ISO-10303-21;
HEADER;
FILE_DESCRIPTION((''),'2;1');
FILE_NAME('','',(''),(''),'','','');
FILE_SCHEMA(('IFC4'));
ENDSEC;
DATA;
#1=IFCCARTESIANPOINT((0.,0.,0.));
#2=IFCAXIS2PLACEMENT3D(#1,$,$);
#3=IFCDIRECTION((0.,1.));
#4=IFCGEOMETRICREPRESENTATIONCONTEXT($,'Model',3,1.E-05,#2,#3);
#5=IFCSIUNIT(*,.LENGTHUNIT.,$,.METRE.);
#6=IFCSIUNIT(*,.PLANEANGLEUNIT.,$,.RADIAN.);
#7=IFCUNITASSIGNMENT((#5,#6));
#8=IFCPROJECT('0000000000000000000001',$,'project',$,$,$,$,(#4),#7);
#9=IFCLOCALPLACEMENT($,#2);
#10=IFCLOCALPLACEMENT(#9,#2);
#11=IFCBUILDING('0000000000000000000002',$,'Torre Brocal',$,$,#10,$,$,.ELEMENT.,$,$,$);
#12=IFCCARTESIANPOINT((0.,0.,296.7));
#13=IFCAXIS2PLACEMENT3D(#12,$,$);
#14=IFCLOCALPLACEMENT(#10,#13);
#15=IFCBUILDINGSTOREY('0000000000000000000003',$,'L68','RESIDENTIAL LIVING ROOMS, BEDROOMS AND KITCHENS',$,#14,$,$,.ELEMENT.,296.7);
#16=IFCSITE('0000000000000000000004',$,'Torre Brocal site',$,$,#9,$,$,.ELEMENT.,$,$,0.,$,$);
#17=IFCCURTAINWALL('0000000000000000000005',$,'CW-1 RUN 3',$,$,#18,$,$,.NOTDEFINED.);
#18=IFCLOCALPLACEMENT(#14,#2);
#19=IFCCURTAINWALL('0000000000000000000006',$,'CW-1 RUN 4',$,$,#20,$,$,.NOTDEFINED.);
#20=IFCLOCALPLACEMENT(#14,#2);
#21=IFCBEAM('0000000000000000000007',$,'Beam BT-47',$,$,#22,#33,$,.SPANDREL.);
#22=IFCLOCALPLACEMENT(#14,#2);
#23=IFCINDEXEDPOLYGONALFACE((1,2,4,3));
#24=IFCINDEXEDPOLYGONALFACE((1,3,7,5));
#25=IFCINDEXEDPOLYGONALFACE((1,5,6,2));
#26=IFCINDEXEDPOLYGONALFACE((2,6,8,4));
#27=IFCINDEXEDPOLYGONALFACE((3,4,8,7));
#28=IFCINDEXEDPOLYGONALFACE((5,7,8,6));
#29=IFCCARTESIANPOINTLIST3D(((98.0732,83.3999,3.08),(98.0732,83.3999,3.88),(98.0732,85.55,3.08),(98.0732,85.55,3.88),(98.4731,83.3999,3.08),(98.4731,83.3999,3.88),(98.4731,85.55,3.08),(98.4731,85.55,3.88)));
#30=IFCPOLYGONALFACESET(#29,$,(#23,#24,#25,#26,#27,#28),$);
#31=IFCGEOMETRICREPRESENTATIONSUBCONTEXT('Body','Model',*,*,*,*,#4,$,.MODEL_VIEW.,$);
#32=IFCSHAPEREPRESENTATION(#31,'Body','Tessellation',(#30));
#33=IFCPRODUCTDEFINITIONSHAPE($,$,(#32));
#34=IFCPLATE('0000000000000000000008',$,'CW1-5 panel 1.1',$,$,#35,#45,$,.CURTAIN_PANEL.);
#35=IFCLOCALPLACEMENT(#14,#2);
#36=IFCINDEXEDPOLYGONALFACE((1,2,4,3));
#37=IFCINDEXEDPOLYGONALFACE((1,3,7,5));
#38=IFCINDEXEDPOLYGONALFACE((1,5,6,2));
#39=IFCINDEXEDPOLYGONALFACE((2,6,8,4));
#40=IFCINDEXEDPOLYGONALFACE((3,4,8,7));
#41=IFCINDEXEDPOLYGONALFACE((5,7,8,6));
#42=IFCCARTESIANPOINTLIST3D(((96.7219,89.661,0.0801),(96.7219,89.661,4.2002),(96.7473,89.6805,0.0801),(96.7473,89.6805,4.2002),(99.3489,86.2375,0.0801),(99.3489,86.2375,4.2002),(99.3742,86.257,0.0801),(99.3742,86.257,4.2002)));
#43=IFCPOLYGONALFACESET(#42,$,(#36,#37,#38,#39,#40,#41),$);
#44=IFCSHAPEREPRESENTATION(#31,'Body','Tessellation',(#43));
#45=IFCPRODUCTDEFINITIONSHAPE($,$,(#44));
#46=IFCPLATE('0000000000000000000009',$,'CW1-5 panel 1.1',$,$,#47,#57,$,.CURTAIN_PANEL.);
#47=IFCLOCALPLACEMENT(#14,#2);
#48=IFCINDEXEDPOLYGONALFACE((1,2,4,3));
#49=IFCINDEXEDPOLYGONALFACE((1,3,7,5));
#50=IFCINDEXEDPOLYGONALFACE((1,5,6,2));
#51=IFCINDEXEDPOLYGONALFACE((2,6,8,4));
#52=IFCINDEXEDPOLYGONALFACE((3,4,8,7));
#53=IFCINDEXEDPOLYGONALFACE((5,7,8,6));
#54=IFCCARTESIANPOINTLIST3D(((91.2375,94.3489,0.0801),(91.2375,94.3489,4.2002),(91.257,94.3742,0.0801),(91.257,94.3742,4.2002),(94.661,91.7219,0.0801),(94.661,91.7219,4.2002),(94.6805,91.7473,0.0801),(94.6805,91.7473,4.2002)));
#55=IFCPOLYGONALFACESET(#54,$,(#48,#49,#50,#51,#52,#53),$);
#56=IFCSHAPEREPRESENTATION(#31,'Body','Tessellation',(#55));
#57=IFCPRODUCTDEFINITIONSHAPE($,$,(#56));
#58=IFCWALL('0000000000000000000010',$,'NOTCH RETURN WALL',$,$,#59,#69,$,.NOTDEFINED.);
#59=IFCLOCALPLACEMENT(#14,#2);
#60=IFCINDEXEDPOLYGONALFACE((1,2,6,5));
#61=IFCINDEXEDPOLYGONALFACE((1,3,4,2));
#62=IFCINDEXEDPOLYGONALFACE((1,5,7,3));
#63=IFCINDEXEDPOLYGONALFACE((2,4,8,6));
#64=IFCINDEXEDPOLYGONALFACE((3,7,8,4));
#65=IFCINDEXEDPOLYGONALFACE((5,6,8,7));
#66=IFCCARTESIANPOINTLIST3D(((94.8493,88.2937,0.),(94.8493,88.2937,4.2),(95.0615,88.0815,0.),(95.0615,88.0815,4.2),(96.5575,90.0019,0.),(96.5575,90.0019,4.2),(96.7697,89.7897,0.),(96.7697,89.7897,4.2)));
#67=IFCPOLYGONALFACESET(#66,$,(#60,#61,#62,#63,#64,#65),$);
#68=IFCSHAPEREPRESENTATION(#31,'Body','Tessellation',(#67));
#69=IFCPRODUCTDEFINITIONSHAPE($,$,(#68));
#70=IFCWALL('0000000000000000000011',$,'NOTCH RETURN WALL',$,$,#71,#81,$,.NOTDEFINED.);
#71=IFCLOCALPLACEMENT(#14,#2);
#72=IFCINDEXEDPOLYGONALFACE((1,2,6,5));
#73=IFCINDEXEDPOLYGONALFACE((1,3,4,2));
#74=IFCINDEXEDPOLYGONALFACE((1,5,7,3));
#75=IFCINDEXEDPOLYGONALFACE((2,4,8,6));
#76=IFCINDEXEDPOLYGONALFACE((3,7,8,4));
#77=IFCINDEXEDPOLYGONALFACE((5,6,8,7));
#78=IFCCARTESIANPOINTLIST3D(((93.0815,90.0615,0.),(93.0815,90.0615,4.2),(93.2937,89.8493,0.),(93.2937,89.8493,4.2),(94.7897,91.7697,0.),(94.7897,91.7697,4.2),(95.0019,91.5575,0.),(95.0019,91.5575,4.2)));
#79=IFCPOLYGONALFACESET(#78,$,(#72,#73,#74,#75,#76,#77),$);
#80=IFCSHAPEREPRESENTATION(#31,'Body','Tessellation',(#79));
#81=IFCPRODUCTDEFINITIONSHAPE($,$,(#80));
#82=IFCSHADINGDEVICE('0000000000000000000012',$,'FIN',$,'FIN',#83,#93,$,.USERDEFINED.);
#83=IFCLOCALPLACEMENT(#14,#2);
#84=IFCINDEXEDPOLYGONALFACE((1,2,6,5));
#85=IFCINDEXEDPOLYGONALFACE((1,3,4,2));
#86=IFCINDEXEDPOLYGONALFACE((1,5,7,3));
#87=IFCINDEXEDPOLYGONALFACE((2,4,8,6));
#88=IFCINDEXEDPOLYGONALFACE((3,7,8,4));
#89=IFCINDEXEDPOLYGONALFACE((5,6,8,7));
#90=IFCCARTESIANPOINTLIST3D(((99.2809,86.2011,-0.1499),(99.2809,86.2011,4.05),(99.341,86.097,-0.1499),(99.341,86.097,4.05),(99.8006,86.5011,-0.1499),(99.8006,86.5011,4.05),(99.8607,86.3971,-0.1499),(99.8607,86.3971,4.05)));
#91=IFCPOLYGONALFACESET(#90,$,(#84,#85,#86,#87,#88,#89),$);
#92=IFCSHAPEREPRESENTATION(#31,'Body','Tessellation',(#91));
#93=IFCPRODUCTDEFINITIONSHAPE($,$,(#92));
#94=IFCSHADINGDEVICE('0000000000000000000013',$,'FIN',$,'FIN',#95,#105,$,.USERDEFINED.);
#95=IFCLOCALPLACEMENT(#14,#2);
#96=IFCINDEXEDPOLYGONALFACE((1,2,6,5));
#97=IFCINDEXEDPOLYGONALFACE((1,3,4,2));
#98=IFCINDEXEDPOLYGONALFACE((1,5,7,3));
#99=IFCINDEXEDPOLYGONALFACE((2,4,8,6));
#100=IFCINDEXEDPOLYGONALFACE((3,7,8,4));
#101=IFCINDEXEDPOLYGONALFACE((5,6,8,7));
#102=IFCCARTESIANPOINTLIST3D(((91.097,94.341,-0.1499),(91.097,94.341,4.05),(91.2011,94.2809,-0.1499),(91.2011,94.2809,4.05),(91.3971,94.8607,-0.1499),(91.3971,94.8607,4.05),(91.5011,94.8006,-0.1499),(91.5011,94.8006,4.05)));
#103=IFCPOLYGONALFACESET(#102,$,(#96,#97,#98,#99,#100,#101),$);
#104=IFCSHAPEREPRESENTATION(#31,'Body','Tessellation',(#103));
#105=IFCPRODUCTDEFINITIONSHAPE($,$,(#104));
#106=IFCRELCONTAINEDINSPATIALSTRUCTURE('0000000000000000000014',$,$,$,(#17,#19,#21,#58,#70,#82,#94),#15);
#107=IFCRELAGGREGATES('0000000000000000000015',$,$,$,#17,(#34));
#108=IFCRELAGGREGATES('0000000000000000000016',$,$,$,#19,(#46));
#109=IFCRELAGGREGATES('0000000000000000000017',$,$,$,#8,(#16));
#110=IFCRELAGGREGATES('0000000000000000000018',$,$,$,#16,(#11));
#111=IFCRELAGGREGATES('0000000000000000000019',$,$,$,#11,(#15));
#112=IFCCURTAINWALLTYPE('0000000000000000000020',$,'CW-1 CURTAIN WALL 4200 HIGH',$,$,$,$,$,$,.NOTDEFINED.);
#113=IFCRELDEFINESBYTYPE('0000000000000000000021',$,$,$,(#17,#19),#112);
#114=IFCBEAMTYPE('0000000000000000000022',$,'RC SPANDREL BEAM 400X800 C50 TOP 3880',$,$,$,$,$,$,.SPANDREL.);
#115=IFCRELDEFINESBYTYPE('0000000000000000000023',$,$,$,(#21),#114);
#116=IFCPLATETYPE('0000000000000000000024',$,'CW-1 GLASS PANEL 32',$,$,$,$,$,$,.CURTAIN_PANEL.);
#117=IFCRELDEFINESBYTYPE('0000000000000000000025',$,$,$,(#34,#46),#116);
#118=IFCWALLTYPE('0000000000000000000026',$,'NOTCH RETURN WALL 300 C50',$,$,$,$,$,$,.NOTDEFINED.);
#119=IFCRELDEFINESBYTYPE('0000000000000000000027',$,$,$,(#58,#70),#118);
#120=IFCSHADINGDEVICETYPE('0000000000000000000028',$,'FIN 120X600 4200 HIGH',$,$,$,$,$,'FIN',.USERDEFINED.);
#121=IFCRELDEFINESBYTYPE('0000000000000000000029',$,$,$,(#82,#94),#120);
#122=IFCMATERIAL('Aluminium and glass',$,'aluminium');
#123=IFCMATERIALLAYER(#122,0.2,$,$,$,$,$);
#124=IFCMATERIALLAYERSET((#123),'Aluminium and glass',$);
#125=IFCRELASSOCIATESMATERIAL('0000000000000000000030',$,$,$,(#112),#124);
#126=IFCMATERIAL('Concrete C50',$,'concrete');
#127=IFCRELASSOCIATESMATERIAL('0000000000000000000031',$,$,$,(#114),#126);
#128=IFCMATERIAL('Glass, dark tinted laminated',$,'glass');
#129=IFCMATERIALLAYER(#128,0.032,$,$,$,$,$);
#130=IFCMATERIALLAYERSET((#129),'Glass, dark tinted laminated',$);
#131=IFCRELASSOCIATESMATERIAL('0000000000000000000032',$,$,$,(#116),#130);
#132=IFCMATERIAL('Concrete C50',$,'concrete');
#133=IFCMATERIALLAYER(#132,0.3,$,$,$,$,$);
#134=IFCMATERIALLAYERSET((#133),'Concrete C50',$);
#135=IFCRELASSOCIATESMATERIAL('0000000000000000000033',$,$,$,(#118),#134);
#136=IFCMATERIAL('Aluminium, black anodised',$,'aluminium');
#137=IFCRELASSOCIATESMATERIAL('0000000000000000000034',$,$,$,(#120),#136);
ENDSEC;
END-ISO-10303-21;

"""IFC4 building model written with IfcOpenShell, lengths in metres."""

from ifc_helpers import new_model, si_unit, direction, frame, frame_2d, origin, origin_2d, place, context, subcontext, project, spatial, rectangle, extrude, material, layer, layer_set, material_profile, profile_set, type_object, element, aggregate, save


model = new_model("IFC4")

# Units and contexts
model_context = context("Model", 3, precision=1e-05, world=origin(), true_north=direction((0.0, 1.0)))
body_context = subcontext(model_context, "Body", "Model", "MODEL_VIEW")
ifc_project = project(units=[si_unit("LENGTHUNIT", "METRE"), si_unit("PLANEANGLEUNIT", "RADIAN")], contexts=[model_context])

# Site, building, storey
site_placement = place(None, origin())
site = spatial("IfcSite", under=ifc_project, at=site_placement, Name="Torre Brocal site", CompositionType="ELEMENT", RefElevation=0.0)
building_placement = place(site_placement, origin())
building = spatial("IfcBuilding", under=site, at=building_placement, Name="Torre Brocal", CompositionType="ELEMENT")
storey_placement = place(building_placement, frame((0.0, 0.0, 296.7)))
storey = spatial("IfcBuildingStorey", under=building, at=storey_placement, Name="L68", Description="RESIDENTIAL LIVING ROOMS, BEDROOMS AND KITCHENS", CompositionType="ELEMENT", Elevation=296.7)

# Shared definitions
ifc_material_1 = material(Name="Aluminium and glass", Category="aluminium")
ifc_layer_1 = layer(ifc_material_1, 0.2)
ifc_layer_set_1 = layer_set([ifc_layer_1], Name="Aluminium and glass")
curtain_wall_type = type_object("IfcCurtainWallType", Name="CW-1 CURTAIN WALL 4200 HIGH", PredefinedType="NOTDEFINED", material=ifc_layer_set_1)

# Curtain walls
curtain_wall_1_placement = place(storey_placement, origin())
curtain_wall_1 = element("IfcCurtainWall", 1, at=curtain_wall_1_placement, inside=storey, type_object=curtain_wall_type, Name="CW-1 RUN 3", PredefinedType="NOTDEFINED")
curtain_wall_2_placement = place(storey_placement, origin())
curtain_wall_2 = element("IfcCurtainWall", 2, at=curtain_wall_2_placement, inside=storey, type_object=curtain_wall_type, Name="CW-1 RUN 4", PredefinedType="NOTDEFINED")

# Beam
ifc_material_2 = material(Name="Concrete C50", Category="concrete")
ifc_material_profile_1 = material_profile(ifc_material_2, rectangle(XDim=0.3999, YDim=0.8, at=origin_2d()), Name="RC 400X800")
ifc_profile_set_1 = profile_set([ifc_material_profile_1], Name="Concrete C50")
beam_type_1 = type_object("IfcBeamType", Name="RC SPANDREL BEAM 400X800 C50 TOP 3880", PredefinedType="SPANDREL", material=ifc_profile_set_1)
beam_1_placement = place(storey_placement, frame((98.2732, 85.55, 3.48), z_axis=(0.0, -1.0, 0.0), x_axis=(1.0, 0.0, 0.0)))
element("IfcBeam", 3, at=beam_1_placement, inside=storey, type_object=beam_type_1, Name="Beam BT-47", PredefinedType="SPANDREL", context=body_context, shape_type="SweptSolid", body=[
    extrude(rectangle(XDim=0.3999, YDim=0.8, at=origin_2d()), origin(), (0.0, 0.0, 1.0), 2.1501),
])

# Plates
ifc_material_3 = material(Name="Glass, dark tinted laminated", Category="glass")
ifc_layer_2 = layer(ifc_material_3, 0.032)
ifc_layer_set_2 = layer_set([ifc_layer_2], Name="Glass, dark tinted laminated")
plate_type = type_object("IfcPlateType", Name="CW-1 GLASS PANEL 32", PredefinedType="CURTAIN_PANEL", material=ifc_layer_set_2)
plate_1_placement = place(storey_placement, frame((98.0481, 87.959, 0.0801), z_axis=(0.0, 0.0, 1.0), x_axis=(-0.608761, 0.793353, 0.0)))
plate_1 = element("IfcPlate", 4, at=plate_1_placement, type_object=plate_type, Name="CW1-5 panel 1.1", PredefinedType="CURTAIN_PANEL", context=body_context, shape_type="SweptSolid", body=[
    extrude(rectangle(XDim=4.3152, YDim=0.032, at=origin_2d()), origin(), (0.0, 0.0, 1.0), 4.1201),
])
aggregate(curtain_wall_1, [plate_1])
plate_2_placement = place(storey_placement, frame((92.959, 93.0481, 0.0801), z_axis=(0.0, 0.0, 1.0), x_axis=(-0.793353, 0.608761, 0.0)))
plate_2 = element("IfcPlate", 5, at=plate_2_placement, type_object=plate_type, Name="CW1-5 panel 1.1", PredefinedType="CURTAIN_PANEL", context=body_context, shape_type="SweptSolid", body=[
    extrude(rectangle(XDim=4.3152, YDim=0.032, at=origin_2d()), origin(), (0.0, 0.0, 1.0), 4.1201),
])
aggregate(curtain_wall_2, [plate_2])

# Walls
ifc_material_4 = material(Name="Concrete C50", Category="concrete")
ifc_layer_3 = layer(ifc_material_4, 0.3)
ifc_layer_set_3 = layer_set([ifc_layer_3], Name="Concrete C50")
wall_type = type_object("IfcWallType", Name="NOTCH RETURN WALL 300 C50", PredefinedType="NOTDEFINED", material=ifc_layer_set_3)
for number, where, z_axis, x_axis, name in (
    (6, (94.9553, 88.1875, 0.0), (0.0, 0.0, 1.0), (0.707107, 0.707107, 0.0), "NOTCH RETURN WALL"),
    (7, (93.1875, 89.9553, 0.0), (0.0, 0.0, 1.0), (0.707107, 0.707107, 0.0), "NOTCH RETURN WALL"),
):
    element("IfcWall", number, at=place(storey_placement, frame(where, z_axis=z_axis, x_axis=x_axis)), inside=storey, type_object=wall_type, Name=name, PredefinedType="NOTDEFINED", context=body_context, shape_type="SweptSolid", body=[
        extrude(rectangle(XDim=2.4158, YDim=0.3, at=frame_2d((1.208, 0.0))), origin(), (0.0, 0.0, 1.0), 4.2),
    ])

# Shading devices
ifc_material_5 = material(Name="Aluminium, black anodised", Category="aluminium")
ifc_material_profile_2 = material_profile(ifc_material_5, rectangle(XDim=0.1201, YDim=0.6001, at=origin_2d()), Name="FIN 120X600 4200 HIGH")
ifc_profile_set_2 = profile_set([ifc_material_profile_2], Name="Aluminium, black anodised")
shading_device_type = type_object("IfcShadingDeviceType", Name="FIN 120X600 4200 HIGH", ElementType="FIN", PredefinedType="USERDEFINED", material=ifc_profile_set_2)
for number, where, z_axis, x_axis, name in (
    (8, (99.5708, 86.2991, -0.1499), (0.0, 0.0, 1.0), (-0.5, 0.866025, 0.0), "FIN"),
    (9, (91.2991, 94.5708, -0.1499), (0.0, 0.0, 1.0), (-0.866025, 0.5, 0.0), "FIN"),
):
    element("IfcShadingDevice", number, at=place(storey_placement, frame(where, z_axis=z_axis, x_axis=x_axis)), inside=storey, type_object=shading_device_type, Name=name, ObjectType="FIN", PredefinedType="USERDEFINED", context=body_context, shape_type="SweptSolid", body=[
        extrude(rectangle(XDim=0.1201, YDim=0.6001, at=origin_2d()), origin(), (0.0, 0.0, 1.0), 4.2),
    ])

save(model, "model.ifc")
